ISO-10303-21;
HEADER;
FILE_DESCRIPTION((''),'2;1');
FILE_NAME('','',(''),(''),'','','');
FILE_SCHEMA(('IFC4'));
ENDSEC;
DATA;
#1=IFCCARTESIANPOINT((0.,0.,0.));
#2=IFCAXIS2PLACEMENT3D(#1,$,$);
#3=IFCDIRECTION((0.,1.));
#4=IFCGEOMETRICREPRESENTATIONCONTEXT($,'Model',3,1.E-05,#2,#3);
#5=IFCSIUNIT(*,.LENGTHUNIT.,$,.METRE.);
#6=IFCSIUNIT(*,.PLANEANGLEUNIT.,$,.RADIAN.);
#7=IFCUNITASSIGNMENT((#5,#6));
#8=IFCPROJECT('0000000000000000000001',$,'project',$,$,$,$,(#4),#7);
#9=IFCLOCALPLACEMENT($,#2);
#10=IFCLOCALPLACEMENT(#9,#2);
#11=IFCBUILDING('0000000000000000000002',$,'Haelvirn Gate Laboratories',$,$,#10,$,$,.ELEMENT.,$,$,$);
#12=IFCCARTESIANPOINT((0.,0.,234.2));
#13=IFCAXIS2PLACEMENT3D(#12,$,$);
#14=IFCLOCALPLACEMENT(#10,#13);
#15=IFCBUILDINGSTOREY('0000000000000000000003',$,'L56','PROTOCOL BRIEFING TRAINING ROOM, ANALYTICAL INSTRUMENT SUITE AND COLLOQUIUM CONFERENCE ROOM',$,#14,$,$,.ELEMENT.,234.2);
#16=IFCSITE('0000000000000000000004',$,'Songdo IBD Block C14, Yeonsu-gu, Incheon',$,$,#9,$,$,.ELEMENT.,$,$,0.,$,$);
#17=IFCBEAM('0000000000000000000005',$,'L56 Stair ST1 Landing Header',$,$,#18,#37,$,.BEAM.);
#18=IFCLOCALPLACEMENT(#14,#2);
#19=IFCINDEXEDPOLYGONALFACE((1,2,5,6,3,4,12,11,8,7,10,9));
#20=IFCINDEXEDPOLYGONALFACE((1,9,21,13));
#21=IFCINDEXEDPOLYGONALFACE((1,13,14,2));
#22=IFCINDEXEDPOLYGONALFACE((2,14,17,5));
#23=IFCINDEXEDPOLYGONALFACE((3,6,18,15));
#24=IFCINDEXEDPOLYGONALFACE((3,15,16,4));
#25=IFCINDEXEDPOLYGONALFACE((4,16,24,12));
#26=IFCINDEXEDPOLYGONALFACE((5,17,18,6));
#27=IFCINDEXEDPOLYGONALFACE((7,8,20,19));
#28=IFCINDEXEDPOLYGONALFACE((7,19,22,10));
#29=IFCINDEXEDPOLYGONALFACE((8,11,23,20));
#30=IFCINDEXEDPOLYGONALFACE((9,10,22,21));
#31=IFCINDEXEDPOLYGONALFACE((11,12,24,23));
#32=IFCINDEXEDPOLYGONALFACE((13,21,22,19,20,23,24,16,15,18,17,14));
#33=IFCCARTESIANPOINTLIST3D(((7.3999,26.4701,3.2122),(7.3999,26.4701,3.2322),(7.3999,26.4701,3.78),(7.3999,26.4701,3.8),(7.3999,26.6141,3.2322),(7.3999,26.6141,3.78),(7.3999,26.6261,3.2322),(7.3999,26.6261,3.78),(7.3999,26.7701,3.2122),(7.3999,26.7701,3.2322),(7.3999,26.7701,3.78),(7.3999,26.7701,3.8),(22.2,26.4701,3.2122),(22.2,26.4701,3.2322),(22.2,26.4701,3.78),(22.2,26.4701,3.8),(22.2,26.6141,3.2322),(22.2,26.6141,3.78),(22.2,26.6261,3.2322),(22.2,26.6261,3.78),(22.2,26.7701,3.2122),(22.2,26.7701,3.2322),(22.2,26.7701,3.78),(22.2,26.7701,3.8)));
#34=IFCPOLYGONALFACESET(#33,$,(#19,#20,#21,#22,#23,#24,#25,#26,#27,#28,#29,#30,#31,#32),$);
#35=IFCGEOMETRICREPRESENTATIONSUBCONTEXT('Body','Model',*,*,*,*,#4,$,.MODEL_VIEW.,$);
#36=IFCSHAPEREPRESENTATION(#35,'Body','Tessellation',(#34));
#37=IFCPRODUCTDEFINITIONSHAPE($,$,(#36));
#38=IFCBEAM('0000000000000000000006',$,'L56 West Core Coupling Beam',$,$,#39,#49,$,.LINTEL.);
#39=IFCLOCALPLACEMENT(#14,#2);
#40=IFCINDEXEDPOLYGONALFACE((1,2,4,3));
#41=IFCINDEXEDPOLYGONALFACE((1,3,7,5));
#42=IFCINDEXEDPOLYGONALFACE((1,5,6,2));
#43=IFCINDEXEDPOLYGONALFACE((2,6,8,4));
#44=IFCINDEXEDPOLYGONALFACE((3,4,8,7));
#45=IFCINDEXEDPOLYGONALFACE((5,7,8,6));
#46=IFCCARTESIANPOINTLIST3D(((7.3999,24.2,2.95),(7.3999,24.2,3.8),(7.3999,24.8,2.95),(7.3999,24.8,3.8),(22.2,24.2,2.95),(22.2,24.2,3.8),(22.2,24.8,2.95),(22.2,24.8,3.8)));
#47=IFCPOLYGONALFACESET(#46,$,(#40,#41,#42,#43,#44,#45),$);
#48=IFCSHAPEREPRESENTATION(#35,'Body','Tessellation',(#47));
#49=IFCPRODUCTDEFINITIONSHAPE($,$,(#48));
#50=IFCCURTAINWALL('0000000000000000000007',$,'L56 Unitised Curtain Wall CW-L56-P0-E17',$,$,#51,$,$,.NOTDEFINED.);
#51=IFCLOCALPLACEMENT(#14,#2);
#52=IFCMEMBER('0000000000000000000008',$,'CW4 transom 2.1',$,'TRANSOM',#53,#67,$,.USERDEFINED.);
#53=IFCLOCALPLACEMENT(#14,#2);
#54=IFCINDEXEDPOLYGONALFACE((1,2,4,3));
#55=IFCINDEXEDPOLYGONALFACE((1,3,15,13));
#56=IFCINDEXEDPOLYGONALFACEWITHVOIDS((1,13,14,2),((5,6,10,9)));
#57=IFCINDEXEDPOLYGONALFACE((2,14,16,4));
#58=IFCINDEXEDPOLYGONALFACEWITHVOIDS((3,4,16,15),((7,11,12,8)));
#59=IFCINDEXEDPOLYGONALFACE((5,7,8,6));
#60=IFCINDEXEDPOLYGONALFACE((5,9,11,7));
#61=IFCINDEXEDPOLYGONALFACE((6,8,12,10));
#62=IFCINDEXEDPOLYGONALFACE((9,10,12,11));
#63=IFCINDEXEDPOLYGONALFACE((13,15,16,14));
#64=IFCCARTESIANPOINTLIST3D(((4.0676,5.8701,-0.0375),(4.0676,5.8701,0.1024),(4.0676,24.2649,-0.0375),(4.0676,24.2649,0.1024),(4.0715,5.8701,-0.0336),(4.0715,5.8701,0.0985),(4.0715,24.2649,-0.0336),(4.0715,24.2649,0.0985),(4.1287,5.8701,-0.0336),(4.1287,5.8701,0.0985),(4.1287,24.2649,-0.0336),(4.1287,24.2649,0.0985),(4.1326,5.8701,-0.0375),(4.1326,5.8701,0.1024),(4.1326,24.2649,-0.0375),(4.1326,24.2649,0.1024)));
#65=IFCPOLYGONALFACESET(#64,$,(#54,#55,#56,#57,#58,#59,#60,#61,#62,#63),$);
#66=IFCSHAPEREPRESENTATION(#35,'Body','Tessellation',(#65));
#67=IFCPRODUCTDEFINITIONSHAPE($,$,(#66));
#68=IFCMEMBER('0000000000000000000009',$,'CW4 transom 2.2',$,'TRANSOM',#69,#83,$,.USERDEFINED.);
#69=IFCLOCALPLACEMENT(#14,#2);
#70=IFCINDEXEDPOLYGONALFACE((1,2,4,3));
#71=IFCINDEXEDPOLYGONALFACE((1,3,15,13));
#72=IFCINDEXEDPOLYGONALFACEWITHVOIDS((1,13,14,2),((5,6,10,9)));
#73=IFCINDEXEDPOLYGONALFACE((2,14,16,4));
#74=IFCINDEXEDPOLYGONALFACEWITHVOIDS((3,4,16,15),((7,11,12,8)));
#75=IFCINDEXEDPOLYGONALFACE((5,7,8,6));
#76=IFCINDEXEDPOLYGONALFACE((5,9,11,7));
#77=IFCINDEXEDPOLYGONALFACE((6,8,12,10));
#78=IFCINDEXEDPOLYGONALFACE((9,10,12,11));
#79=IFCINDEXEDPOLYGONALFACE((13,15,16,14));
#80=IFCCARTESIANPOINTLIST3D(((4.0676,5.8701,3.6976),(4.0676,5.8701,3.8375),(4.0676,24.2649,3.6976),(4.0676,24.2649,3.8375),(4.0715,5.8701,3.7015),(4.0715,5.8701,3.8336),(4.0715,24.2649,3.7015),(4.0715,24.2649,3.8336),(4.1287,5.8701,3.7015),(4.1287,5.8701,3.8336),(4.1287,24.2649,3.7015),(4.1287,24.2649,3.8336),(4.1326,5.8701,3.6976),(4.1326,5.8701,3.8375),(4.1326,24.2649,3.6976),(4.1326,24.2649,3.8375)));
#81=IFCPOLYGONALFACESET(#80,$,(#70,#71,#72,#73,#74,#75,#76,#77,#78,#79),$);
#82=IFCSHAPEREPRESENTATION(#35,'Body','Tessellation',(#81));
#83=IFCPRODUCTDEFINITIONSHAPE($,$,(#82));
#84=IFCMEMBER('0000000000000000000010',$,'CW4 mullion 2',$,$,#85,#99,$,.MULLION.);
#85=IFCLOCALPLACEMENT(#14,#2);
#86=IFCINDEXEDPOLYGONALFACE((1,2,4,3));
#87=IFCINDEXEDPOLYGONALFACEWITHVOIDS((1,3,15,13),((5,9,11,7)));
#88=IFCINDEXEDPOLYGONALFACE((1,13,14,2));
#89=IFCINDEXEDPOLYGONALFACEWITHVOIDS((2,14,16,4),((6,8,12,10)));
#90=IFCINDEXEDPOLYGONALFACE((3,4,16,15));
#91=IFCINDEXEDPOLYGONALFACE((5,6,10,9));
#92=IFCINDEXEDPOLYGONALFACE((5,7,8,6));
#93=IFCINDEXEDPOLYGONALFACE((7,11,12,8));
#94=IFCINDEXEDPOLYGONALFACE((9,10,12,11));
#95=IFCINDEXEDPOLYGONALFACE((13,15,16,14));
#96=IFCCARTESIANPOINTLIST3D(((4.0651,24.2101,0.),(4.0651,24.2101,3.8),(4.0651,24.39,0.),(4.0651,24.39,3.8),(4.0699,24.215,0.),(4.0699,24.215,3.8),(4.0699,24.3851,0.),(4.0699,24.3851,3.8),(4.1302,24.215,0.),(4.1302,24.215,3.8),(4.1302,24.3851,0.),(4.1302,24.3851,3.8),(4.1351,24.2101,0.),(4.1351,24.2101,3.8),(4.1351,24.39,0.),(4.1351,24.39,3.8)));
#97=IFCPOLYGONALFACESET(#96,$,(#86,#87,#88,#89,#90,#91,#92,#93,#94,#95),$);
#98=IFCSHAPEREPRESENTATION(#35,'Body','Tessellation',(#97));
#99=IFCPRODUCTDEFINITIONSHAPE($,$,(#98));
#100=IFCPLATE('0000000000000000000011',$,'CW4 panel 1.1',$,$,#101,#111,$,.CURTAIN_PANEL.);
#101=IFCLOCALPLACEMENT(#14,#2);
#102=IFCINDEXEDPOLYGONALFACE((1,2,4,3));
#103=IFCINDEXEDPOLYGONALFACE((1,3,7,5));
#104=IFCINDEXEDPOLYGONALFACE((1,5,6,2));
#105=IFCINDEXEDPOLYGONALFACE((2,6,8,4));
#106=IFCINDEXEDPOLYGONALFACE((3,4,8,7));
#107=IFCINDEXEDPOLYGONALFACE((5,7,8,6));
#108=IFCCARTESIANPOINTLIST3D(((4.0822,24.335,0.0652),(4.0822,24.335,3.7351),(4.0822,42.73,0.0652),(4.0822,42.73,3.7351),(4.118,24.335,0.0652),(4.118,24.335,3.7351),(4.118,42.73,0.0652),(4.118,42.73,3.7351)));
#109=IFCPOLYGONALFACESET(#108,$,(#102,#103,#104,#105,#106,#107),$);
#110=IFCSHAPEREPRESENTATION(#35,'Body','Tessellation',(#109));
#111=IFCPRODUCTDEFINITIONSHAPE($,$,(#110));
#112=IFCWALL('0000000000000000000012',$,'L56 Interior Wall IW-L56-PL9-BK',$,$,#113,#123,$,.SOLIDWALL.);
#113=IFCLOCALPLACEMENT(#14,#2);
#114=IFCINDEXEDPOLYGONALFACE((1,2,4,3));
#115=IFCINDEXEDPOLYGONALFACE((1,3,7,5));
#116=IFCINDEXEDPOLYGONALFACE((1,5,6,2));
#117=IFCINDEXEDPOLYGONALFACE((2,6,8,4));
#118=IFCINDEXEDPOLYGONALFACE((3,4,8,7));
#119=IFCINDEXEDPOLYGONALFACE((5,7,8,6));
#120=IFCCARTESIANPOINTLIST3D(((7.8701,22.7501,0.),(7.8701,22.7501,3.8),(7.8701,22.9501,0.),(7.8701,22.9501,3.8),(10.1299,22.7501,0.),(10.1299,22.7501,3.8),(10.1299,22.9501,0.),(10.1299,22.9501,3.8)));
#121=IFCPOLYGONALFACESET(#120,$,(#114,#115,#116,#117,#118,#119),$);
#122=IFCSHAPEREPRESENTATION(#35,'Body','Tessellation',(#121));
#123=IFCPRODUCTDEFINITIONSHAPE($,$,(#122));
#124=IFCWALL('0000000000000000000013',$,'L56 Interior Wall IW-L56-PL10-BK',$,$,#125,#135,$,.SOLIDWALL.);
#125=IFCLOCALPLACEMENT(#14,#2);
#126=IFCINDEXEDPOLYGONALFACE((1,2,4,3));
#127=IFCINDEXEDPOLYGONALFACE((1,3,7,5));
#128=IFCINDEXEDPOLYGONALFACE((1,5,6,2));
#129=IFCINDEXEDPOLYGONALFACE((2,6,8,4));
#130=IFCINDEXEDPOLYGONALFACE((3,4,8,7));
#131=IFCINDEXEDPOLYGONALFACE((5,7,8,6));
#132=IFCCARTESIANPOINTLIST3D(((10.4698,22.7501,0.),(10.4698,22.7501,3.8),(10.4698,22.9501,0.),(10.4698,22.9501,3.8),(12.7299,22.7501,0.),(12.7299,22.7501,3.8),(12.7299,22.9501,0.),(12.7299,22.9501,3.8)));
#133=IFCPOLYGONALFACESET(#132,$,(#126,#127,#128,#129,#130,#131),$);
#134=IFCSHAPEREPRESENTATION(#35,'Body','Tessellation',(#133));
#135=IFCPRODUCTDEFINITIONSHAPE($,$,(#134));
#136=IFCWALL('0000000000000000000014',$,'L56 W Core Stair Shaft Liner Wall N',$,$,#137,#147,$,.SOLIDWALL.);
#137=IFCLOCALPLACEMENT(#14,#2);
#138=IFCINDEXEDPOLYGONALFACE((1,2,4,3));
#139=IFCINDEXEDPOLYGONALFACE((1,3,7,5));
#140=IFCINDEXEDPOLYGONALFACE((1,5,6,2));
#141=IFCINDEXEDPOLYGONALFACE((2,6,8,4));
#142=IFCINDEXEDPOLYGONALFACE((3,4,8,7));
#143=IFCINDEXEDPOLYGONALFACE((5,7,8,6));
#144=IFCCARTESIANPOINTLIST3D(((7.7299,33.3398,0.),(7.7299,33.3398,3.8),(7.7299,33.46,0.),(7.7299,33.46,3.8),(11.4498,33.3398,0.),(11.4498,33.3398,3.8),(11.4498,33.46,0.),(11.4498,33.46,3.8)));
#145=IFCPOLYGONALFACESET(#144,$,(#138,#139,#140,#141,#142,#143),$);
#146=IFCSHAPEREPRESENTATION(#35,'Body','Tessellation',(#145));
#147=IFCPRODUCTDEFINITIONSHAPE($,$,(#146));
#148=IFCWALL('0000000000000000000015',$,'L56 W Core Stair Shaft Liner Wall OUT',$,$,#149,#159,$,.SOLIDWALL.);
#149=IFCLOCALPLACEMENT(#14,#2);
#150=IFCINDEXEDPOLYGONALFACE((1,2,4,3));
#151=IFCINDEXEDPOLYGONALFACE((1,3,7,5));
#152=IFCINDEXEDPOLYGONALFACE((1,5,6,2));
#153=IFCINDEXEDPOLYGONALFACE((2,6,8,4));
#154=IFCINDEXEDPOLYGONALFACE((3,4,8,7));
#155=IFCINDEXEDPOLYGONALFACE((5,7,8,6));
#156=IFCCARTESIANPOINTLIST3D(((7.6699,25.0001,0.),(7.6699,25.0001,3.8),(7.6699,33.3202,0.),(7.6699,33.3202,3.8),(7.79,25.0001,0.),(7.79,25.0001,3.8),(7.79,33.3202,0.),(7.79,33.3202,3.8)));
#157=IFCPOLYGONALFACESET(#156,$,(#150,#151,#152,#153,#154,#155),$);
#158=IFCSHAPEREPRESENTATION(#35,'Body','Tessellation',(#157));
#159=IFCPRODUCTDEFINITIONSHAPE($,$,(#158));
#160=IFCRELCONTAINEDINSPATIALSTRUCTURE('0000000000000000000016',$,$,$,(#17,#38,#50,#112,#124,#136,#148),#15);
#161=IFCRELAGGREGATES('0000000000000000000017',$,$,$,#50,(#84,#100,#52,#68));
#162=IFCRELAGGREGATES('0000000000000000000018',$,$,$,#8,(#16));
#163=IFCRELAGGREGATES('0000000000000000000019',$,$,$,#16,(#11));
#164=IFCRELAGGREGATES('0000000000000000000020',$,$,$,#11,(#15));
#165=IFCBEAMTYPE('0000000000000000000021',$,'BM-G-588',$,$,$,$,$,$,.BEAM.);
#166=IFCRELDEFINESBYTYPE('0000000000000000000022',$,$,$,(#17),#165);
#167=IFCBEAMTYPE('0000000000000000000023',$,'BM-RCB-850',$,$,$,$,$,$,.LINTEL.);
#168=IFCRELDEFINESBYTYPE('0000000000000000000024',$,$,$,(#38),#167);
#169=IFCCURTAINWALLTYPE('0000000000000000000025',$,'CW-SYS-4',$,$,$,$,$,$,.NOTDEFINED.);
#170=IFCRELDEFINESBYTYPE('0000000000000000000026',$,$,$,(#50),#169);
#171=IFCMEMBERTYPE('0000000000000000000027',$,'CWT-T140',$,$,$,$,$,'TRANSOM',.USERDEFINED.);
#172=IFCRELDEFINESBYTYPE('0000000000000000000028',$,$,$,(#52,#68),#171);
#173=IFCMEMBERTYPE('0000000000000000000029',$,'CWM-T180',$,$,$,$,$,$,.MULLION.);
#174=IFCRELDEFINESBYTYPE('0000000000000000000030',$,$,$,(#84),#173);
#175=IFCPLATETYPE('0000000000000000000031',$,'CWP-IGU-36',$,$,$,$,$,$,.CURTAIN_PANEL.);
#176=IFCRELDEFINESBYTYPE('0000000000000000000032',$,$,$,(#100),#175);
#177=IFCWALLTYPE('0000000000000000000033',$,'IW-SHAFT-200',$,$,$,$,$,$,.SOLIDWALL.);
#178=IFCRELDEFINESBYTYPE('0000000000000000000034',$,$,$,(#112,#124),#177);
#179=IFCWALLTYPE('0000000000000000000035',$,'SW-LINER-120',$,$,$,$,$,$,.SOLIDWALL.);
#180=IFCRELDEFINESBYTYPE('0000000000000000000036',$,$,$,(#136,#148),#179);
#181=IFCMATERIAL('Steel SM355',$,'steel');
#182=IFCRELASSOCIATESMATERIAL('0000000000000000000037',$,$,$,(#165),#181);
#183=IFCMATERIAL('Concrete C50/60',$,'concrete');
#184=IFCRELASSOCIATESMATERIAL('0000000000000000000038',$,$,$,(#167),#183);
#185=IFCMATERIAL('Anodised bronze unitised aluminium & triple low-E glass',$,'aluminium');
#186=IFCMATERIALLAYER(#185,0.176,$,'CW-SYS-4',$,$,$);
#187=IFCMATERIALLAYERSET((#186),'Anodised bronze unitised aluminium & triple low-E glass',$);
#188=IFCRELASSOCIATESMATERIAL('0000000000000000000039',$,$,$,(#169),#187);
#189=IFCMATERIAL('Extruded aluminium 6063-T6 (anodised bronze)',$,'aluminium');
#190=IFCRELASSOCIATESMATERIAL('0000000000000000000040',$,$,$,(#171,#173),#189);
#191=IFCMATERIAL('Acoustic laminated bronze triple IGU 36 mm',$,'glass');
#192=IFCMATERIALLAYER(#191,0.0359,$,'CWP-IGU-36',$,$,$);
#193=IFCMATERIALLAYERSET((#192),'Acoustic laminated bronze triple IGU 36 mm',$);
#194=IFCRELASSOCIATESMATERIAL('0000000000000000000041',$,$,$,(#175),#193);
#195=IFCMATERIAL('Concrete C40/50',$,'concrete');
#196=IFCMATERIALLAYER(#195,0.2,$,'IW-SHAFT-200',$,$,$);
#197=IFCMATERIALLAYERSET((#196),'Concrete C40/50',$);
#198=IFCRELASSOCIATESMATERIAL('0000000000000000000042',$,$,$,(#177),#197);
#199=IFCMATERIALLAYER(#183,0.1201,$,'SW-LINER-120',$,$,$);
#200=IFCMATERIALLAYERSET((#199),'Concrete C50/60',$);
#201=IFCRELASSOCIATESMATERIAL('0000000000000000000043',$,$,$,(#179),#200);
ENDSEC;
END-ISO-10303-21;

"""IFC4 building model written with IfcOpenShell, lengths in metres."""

from ifc_helpers import new_model, si_unit, direction, frame, frame_2d, origin, origin_2d, place, context, subcontext, project, spatial, rectangle, hollow_rectangle, i_section, extrude, source, transform, mapped, material, layer, layer_set, material_profile, profile_set, type_object, type_shapes, element, aggregate, save


model = new_model("IFC4")

# Units and contexts
model_context = context("Model", 3, precision=1e-05, world=origin(), true_north=direction((0.0, 1.0)))
body_context = subcontext(model_context, "Body", "Model", "MODEL_VIEW")
ifc_project = project(units=[si_unit("LENGTHUNIT", "METRE"), si_unit("PLANEANGLEUNIT", "RADIAN")], contexts=[model_context])

# Site, building, storey
site_placement = place(None, origin())
site = spatial("IfcSite", under=ifc_project, at=site_placement, Name="Songdo IBD Block C14, Yeonsu-gu, Incheon", CompositionType="ELEMENT", RefElevation=0.0)
building_placement = place(site_placement, origin())
building = spatial("IfcBuilding", under=site, at=building_placement, Name="Haelvirn Gate Laboratories", CompositionType="ELEMENT")
storey_placement = place(building_placement, frame((0.0, 0.0, 234.2)))
storey = spatial("IfcBuildingStorey", under=building, at=storey_placement, Name="L56", Description="PROTOCOL BRIEFING TRAINING ROOM, ANALYTICAL INSTRUMENT SUITE AND COLLOQUIUM CONFERENCE ROOM", CompositionType="ELEMENT", Elevation=234.2)

# Beams
ifc_material_1 = material(Name="Steel SM355", Category="steel")
ifc_material_profile_1 = material_profile(ifc_material_1, i_section(OverallWidth=0.3, OverallDepth=0.5879, WebThickness=0.012, FlangeThickness=0.02, at=origin_2d()), Name="H-588x300x12x20")
ifc_profile_set_1 = profile_set([ifc_material_profile_1], Name="Steel SM355")
beam_type_1 = type_object("IfcBeamType", Name="BM-G-588", PredefinedType="BEAM", material=ifc_profile_set_1)
shared_shape_1 = source(origin(), body_context, "Body", "SweptSolid", [
    extrude(i_section(OverallWidth=0.3, OverallDepth=0.5879, WebThickness=0.012, FlangeThickness=0.02, at=origin_2d()), origin(), (0.0, 0.0, 1.0), 14.8),
])
type_shapes(beam_type_1, [shared_shape_1])
beam_1_placement = place(storey_placement, frame((7.3999, 26.6201, 3.5061), z_axis=(1.0, 0.0, 0.0), x_axis=(0.0, 1.0, 0.0)))
element("IfcBeam", 1, at=beam_1_placement, inside=storey, type_object=beam_type_1, Name="L56 Stair ST1 Landing Header", PredefinedType="BEAM", context=body_context, shape_type="MappedRepresentation", body=[
    mapped(shared_shape_1, transform((0.0, 0.0, 0.0), scale=1.0)),
])
ifc_material_2 = material(Name="Concrete C50/60", Category="concrete")
ifc_material_profile_2 = material_profile(ifc_material_2, rectangle(XDim=0.6001, YDim=0.8501, at=origin_2d()), Name="RCB-600x850")
ifc_profile_set_2 = profile_set([ifc_material_profile_2], Name="Concrete C50/60")
beam_type_2 = type_object("IfcBeamType", Name="BM-RCB-850", PredefinedType="LINTEL", material=ifc_profile_set_2)
shared_shape_2 = source(origin(), body_context, "Body", "SweptSolid", [
    extrude(rectangle(XDim=0.6001, YDim=0.8501, at=origin_2d()), origin(), (0.0, 0.0, 1.0), 14.8),
])
type_shapes(beam_type_2, [shared_shape_2])
beam_2_placement = place(storey_placement, frame((7.3999, 24.5, 3.375), z_axis=(1.0, 0.0, 0.0), x_axis=(0.0, 1.0, 0.0)))
element("IfcBeam", 2, at=beam_2_placement, inside=storey, type_object=beam_type_2, Name="L56 West Core Coupling Beam", PredefinedType="LINTEL", context=body_context, shape_type="MappedRepresentation", body=[
    mapped(shared_shape_2, transform((0.0, 0.0, 0.0), scale=1.0)),
])

# Curtain wall, members, plate
ifc_material_3 = material(Name="Anodised bronze unitised aluminium & triple low-E glass", Category="aluminium")
ifc_layer_1 = layer(ifc_material_3, 0.176, Name="CW-SYS-4")
ifc_layer_set_1 = layer_set([ifc_layer_1], Name="Anodised bronze unitised aluminium & triple low-E glass")
curtain_wall_type = type_object("IfcCurtainWallType", Name="CW-SYS-4", PredefinedType="NOTDEFINED", material=ifc_layer_set_1)
curtain_wall_placement = place(storey_placement, origin())
curtain_wall = element("IfcCurtainWall", 3, at=curtain_wall_placement, inside=storey, type_object=curtain_wall_type, Name="L56 Unitised Curtain Wall CW-L56-P0-E17", PredefinedType="NOTDEFINED")
ifc_material_4 = material(Name="Extruded aluminium 6063-T6 (anodised bronze)", Category="aluminium")
ifc_material_profile_3 = material_profile(ifc_material_4, hollow_rectangle(XDim=0.0649, YDim=0.1399, WallThickness=0.0039, at=origin_2d()), Name="CWT-140x65x4")
ifc_profile_set_3 = profile_set([ifc_material_profile_3], Name="Extruded aluminium 6063-T6 (anodised bronze)")
member_type_1 = type_object("IfcMemberType", Name="CWT-T140", ElementType="TRANSOM", PredefinedType="USERDEFINED", material=ifc_profile_set_3)
shared_shape_3 = source(origin(), body_context, "Body", "SweptSolid", [
    extrude(hollow_rectangle(XDim=0.0649, YDim=0.1399, WallThickness=0.0039, at=origin_2d()), origin(), (0.0, 0.0, 1.0), 18.3948),
])
type_shapes(member_type_1, [shared_shape_3])
member_1_placement = place(storey_placement, frame((4.1001, 24.2649, 0.0325), z_axis=(0.0, -1.0, 0.0), x_axis=(1.0, 0.0, 0.0)))
member_1 = element("IfcMember", 4, at=member_1_placement, type_object=member_type_1, Name="CW4 transom 2.1", ObjectType="TRANSOM", PredefinedType="USERDEFINED", context=body_context, shape_type="MappedRepresentation", body=[
    mapped(shared_shape_3, transform((0.0, 0.0, 0.0), scale=1.0)),
])
member_2_placement = place(storey_placement, frame((4.1001, 24.2649, 3.7676), z_axis=(0.0, -1.0, 0.0), x_axis=(1.0, 0.0, 0.0)))
member_2 = element("IfcMember", 5, at=member_2_placement, type_object=member_type_1, Name="CW4 transom 2.2", ObjectType="TRANSOM", PredefinedType="USERDEFINED", context=body_context, shape_type="MappedRepresentation", body=[
    mapped(shared_shape_3, transform((0.0, 0.0, 0.0), scale=1.0)),
])
ifc_material_profile_4 = material_profile(ifc_material_4, hollow_rectangle(XDim=0.0701, YDim=0.1799, WallThickness=0.0049, at=origin_2d()), Name="CWM-180x70x5")
ifc_profile_set_4 = profile_set([ifc_material_profile_4], Name="Extruded aluminium 6063-T6 (anodised bronze)")
member_type_2 = type_object("IfcMemberType", Name="CWM-T180", PredefinedType="MULLION", material=ifc_profile_set_4)
shared_shape_4 = source(origin(), body_context, "Body", "SweptSolid", [
    extrude(hollow_rectangle(XDim=0.0701, YDim=0.1799, WallThickness=0.0049, at=origin_2d()), origin(), (0.0, 0.0, 1.0), 3.8),
])
type_shapes(member_type_2, [shared_shape_4])
member_3_placement = place(storey_placement, frame((4.1001, 24.3, 0.0), z_axis=(0.0, 0.0, 1.0), x_axis=(1.0, 0.0, 0.0)))
member_3 = element("IfcMember", 6, at=member_3_placement, type_object=member_type_2, Name="CW4 mullion 2", PredefinedType="MULLION", context=body_context, shape_type="MappedRepresentation", body=[
    mapped(shared_shape_4, transform((0.0, 0.0, 0.0), scale=1.0)),
])
ifc_material_5 = material(Name="Acoustic laminated bronze triple IGU 36 mm", Category="glass")
ifc_layer_2 = layer(ifc_material_5, 0.0359, Name="CWP-IGU-36")
ifc_layer_set_2 = layer_set([ifc_layer_2], Name="Acoustic laminated bronze triple IGU 36 mm")
plate_type = type_object("IfcPlateType", Name="CWP-IGU-36", PredefinedType="CURTAIN_PANEL", material=ifc_layer_set_2)
shared_shape_5 = source(origin(), body_context, "Body", "SweptSolid", [
    extrude(rectangle(XDim=18.395, YDim=0.0359, at=origin_2d()), origin(), (0.0, 0.0, 1.0), 3.6699),
])
type_shapes(plate_type, [shared_shape_5])
plate_placement = place(storey_placement, frame((4.1001, 33.5325, 0.0652), z_axis=(0.0, 0.0, 1.0), x_axis=(0.0, -1.0, 0.0)))
plate = element("IfcPlate", 7, at=plate_placement, type_object=plate_type, Name="CW4 panel 1.1", PredefinedType="CURTAIN_PANEL", context=body_context, shape_type="MappedRepresentation", body=[
    mapped(shared_shape_5, transform((0.0, 0.0, 0.0), scale=1.0)),
])
aggregate(curtain_wall, [member_3, plate, member_1, member_2])

# Walls
ifc_material_6 = material(Name="Concrete C40/50", Category="concrete")
ifc_layer_3 = layer(ifc_material_6, 0.2, Name="IW-SHAFT-200")
ifc_layer_set_3 = layer_set([ifc_layer_3], Name="Concrete C40/50")
wall_type_1 = type_object("IfcWallType", Name="IW-SHAFT-200", PredefinedType="SOLIDWALL", material=ifc_layer_set_3)
wall_1_placement = place(storey_placement, frame((7.8701, 22.8501, 0.0), z_axis=(0.0, 0.0, 1.0), x_axis=(1.0, 0.0, 0.0)))
element("IfcWall", 8, at=wall_1_placement, inside=storey, type_object=wall_type_1, Name="L56 Interior Wall IW-L56-PL9-BK", PredefinedType="SOLIDWALL", context=body_context, shape_type="SweptSolid", body=[
    extrude(rectangle(XDim=2.2598, YDim=0.2, at=frame_2d((1.1299, 0.0))), origin(), (0.0, 0.0, 1.0), 3.8),
])
wall_2_placement = place(storey_placement, frame((10.47, 22.8501, 0.0), z_axis=(0.0, 0.0, 1.0), x_axis=(1.0, 0.0, 0.0)))
element("IfcWall", 9, at=wall_2_placement, inside=storey, type_object=wall_type_1, Name="L56 Interior Wall IW-L56-PL10-BK", PredefinedType="SOLIDWALL", context=body_context, shape_type="SweptSolid", body=[
    extrude(rectangle(XDim=2.26, YDim=0.2, at=frame_2d((1.1299, 0.0))), origin(), (0.0, 0.0, 1.0), 3.8),
])
ifc_layer_4 = layer(ifc_material_2, 0.1201, Name="SW-LINER-120")
ifc_layer_set_4 = layer_set([ifc_layer_4], Name="Concrete C50/60")
wall_type_2 = type_object("IfcWallType", Name="SW-LINER-120", PredefinedType="SOLIDWALL", material=ifc_layer_set_4)
wall_3_placement = place(storey_placement, frame((7.73, 33.3999, 0.0), z_axis=(0.0, 0.0, 1.0), x_axis=(1.0, 0.0, 0.0)))
element("IfcWall", 10, at=wall_3_placement, inside=storey, type_object=wall_type_2, Name="L56 W Core Stair Shaft Liner Wall N", PredefinedType="SOLIDWALL", context=body_context, shape_type="SweptSolid", body=[
    extrude(rectangle(XDim=3.72, YDim=0.1201, at=frame_2d((1.8599, 0.0))), origin(), (0.0, 0.0, 1.0), 3.8),
])
wall_4_placement = place(storey_placement, frame((7.73, 25.0, 0.0), z_axis=(0.0, 0.0, 1.0), x_axis=(0.0, 1.0, 0.0)))
element("IfcWall", 11, at=wall_4_placement, inside=storey, type_object=wall_type_2, Name="L56 W Core Stair Shaft Liner Wall OUT", PredefinedType="SOLIDWALL", context=body_context, shape_type="SweptSolid", body=[
    extrude(rectangle(XDim=8.3201, YDim=0.1201, at=frame_2d((4.1602, 0.0))), origin(), (0.0, 0.0, 1.0), 3.8),
])

save(model, "model.ifc")
